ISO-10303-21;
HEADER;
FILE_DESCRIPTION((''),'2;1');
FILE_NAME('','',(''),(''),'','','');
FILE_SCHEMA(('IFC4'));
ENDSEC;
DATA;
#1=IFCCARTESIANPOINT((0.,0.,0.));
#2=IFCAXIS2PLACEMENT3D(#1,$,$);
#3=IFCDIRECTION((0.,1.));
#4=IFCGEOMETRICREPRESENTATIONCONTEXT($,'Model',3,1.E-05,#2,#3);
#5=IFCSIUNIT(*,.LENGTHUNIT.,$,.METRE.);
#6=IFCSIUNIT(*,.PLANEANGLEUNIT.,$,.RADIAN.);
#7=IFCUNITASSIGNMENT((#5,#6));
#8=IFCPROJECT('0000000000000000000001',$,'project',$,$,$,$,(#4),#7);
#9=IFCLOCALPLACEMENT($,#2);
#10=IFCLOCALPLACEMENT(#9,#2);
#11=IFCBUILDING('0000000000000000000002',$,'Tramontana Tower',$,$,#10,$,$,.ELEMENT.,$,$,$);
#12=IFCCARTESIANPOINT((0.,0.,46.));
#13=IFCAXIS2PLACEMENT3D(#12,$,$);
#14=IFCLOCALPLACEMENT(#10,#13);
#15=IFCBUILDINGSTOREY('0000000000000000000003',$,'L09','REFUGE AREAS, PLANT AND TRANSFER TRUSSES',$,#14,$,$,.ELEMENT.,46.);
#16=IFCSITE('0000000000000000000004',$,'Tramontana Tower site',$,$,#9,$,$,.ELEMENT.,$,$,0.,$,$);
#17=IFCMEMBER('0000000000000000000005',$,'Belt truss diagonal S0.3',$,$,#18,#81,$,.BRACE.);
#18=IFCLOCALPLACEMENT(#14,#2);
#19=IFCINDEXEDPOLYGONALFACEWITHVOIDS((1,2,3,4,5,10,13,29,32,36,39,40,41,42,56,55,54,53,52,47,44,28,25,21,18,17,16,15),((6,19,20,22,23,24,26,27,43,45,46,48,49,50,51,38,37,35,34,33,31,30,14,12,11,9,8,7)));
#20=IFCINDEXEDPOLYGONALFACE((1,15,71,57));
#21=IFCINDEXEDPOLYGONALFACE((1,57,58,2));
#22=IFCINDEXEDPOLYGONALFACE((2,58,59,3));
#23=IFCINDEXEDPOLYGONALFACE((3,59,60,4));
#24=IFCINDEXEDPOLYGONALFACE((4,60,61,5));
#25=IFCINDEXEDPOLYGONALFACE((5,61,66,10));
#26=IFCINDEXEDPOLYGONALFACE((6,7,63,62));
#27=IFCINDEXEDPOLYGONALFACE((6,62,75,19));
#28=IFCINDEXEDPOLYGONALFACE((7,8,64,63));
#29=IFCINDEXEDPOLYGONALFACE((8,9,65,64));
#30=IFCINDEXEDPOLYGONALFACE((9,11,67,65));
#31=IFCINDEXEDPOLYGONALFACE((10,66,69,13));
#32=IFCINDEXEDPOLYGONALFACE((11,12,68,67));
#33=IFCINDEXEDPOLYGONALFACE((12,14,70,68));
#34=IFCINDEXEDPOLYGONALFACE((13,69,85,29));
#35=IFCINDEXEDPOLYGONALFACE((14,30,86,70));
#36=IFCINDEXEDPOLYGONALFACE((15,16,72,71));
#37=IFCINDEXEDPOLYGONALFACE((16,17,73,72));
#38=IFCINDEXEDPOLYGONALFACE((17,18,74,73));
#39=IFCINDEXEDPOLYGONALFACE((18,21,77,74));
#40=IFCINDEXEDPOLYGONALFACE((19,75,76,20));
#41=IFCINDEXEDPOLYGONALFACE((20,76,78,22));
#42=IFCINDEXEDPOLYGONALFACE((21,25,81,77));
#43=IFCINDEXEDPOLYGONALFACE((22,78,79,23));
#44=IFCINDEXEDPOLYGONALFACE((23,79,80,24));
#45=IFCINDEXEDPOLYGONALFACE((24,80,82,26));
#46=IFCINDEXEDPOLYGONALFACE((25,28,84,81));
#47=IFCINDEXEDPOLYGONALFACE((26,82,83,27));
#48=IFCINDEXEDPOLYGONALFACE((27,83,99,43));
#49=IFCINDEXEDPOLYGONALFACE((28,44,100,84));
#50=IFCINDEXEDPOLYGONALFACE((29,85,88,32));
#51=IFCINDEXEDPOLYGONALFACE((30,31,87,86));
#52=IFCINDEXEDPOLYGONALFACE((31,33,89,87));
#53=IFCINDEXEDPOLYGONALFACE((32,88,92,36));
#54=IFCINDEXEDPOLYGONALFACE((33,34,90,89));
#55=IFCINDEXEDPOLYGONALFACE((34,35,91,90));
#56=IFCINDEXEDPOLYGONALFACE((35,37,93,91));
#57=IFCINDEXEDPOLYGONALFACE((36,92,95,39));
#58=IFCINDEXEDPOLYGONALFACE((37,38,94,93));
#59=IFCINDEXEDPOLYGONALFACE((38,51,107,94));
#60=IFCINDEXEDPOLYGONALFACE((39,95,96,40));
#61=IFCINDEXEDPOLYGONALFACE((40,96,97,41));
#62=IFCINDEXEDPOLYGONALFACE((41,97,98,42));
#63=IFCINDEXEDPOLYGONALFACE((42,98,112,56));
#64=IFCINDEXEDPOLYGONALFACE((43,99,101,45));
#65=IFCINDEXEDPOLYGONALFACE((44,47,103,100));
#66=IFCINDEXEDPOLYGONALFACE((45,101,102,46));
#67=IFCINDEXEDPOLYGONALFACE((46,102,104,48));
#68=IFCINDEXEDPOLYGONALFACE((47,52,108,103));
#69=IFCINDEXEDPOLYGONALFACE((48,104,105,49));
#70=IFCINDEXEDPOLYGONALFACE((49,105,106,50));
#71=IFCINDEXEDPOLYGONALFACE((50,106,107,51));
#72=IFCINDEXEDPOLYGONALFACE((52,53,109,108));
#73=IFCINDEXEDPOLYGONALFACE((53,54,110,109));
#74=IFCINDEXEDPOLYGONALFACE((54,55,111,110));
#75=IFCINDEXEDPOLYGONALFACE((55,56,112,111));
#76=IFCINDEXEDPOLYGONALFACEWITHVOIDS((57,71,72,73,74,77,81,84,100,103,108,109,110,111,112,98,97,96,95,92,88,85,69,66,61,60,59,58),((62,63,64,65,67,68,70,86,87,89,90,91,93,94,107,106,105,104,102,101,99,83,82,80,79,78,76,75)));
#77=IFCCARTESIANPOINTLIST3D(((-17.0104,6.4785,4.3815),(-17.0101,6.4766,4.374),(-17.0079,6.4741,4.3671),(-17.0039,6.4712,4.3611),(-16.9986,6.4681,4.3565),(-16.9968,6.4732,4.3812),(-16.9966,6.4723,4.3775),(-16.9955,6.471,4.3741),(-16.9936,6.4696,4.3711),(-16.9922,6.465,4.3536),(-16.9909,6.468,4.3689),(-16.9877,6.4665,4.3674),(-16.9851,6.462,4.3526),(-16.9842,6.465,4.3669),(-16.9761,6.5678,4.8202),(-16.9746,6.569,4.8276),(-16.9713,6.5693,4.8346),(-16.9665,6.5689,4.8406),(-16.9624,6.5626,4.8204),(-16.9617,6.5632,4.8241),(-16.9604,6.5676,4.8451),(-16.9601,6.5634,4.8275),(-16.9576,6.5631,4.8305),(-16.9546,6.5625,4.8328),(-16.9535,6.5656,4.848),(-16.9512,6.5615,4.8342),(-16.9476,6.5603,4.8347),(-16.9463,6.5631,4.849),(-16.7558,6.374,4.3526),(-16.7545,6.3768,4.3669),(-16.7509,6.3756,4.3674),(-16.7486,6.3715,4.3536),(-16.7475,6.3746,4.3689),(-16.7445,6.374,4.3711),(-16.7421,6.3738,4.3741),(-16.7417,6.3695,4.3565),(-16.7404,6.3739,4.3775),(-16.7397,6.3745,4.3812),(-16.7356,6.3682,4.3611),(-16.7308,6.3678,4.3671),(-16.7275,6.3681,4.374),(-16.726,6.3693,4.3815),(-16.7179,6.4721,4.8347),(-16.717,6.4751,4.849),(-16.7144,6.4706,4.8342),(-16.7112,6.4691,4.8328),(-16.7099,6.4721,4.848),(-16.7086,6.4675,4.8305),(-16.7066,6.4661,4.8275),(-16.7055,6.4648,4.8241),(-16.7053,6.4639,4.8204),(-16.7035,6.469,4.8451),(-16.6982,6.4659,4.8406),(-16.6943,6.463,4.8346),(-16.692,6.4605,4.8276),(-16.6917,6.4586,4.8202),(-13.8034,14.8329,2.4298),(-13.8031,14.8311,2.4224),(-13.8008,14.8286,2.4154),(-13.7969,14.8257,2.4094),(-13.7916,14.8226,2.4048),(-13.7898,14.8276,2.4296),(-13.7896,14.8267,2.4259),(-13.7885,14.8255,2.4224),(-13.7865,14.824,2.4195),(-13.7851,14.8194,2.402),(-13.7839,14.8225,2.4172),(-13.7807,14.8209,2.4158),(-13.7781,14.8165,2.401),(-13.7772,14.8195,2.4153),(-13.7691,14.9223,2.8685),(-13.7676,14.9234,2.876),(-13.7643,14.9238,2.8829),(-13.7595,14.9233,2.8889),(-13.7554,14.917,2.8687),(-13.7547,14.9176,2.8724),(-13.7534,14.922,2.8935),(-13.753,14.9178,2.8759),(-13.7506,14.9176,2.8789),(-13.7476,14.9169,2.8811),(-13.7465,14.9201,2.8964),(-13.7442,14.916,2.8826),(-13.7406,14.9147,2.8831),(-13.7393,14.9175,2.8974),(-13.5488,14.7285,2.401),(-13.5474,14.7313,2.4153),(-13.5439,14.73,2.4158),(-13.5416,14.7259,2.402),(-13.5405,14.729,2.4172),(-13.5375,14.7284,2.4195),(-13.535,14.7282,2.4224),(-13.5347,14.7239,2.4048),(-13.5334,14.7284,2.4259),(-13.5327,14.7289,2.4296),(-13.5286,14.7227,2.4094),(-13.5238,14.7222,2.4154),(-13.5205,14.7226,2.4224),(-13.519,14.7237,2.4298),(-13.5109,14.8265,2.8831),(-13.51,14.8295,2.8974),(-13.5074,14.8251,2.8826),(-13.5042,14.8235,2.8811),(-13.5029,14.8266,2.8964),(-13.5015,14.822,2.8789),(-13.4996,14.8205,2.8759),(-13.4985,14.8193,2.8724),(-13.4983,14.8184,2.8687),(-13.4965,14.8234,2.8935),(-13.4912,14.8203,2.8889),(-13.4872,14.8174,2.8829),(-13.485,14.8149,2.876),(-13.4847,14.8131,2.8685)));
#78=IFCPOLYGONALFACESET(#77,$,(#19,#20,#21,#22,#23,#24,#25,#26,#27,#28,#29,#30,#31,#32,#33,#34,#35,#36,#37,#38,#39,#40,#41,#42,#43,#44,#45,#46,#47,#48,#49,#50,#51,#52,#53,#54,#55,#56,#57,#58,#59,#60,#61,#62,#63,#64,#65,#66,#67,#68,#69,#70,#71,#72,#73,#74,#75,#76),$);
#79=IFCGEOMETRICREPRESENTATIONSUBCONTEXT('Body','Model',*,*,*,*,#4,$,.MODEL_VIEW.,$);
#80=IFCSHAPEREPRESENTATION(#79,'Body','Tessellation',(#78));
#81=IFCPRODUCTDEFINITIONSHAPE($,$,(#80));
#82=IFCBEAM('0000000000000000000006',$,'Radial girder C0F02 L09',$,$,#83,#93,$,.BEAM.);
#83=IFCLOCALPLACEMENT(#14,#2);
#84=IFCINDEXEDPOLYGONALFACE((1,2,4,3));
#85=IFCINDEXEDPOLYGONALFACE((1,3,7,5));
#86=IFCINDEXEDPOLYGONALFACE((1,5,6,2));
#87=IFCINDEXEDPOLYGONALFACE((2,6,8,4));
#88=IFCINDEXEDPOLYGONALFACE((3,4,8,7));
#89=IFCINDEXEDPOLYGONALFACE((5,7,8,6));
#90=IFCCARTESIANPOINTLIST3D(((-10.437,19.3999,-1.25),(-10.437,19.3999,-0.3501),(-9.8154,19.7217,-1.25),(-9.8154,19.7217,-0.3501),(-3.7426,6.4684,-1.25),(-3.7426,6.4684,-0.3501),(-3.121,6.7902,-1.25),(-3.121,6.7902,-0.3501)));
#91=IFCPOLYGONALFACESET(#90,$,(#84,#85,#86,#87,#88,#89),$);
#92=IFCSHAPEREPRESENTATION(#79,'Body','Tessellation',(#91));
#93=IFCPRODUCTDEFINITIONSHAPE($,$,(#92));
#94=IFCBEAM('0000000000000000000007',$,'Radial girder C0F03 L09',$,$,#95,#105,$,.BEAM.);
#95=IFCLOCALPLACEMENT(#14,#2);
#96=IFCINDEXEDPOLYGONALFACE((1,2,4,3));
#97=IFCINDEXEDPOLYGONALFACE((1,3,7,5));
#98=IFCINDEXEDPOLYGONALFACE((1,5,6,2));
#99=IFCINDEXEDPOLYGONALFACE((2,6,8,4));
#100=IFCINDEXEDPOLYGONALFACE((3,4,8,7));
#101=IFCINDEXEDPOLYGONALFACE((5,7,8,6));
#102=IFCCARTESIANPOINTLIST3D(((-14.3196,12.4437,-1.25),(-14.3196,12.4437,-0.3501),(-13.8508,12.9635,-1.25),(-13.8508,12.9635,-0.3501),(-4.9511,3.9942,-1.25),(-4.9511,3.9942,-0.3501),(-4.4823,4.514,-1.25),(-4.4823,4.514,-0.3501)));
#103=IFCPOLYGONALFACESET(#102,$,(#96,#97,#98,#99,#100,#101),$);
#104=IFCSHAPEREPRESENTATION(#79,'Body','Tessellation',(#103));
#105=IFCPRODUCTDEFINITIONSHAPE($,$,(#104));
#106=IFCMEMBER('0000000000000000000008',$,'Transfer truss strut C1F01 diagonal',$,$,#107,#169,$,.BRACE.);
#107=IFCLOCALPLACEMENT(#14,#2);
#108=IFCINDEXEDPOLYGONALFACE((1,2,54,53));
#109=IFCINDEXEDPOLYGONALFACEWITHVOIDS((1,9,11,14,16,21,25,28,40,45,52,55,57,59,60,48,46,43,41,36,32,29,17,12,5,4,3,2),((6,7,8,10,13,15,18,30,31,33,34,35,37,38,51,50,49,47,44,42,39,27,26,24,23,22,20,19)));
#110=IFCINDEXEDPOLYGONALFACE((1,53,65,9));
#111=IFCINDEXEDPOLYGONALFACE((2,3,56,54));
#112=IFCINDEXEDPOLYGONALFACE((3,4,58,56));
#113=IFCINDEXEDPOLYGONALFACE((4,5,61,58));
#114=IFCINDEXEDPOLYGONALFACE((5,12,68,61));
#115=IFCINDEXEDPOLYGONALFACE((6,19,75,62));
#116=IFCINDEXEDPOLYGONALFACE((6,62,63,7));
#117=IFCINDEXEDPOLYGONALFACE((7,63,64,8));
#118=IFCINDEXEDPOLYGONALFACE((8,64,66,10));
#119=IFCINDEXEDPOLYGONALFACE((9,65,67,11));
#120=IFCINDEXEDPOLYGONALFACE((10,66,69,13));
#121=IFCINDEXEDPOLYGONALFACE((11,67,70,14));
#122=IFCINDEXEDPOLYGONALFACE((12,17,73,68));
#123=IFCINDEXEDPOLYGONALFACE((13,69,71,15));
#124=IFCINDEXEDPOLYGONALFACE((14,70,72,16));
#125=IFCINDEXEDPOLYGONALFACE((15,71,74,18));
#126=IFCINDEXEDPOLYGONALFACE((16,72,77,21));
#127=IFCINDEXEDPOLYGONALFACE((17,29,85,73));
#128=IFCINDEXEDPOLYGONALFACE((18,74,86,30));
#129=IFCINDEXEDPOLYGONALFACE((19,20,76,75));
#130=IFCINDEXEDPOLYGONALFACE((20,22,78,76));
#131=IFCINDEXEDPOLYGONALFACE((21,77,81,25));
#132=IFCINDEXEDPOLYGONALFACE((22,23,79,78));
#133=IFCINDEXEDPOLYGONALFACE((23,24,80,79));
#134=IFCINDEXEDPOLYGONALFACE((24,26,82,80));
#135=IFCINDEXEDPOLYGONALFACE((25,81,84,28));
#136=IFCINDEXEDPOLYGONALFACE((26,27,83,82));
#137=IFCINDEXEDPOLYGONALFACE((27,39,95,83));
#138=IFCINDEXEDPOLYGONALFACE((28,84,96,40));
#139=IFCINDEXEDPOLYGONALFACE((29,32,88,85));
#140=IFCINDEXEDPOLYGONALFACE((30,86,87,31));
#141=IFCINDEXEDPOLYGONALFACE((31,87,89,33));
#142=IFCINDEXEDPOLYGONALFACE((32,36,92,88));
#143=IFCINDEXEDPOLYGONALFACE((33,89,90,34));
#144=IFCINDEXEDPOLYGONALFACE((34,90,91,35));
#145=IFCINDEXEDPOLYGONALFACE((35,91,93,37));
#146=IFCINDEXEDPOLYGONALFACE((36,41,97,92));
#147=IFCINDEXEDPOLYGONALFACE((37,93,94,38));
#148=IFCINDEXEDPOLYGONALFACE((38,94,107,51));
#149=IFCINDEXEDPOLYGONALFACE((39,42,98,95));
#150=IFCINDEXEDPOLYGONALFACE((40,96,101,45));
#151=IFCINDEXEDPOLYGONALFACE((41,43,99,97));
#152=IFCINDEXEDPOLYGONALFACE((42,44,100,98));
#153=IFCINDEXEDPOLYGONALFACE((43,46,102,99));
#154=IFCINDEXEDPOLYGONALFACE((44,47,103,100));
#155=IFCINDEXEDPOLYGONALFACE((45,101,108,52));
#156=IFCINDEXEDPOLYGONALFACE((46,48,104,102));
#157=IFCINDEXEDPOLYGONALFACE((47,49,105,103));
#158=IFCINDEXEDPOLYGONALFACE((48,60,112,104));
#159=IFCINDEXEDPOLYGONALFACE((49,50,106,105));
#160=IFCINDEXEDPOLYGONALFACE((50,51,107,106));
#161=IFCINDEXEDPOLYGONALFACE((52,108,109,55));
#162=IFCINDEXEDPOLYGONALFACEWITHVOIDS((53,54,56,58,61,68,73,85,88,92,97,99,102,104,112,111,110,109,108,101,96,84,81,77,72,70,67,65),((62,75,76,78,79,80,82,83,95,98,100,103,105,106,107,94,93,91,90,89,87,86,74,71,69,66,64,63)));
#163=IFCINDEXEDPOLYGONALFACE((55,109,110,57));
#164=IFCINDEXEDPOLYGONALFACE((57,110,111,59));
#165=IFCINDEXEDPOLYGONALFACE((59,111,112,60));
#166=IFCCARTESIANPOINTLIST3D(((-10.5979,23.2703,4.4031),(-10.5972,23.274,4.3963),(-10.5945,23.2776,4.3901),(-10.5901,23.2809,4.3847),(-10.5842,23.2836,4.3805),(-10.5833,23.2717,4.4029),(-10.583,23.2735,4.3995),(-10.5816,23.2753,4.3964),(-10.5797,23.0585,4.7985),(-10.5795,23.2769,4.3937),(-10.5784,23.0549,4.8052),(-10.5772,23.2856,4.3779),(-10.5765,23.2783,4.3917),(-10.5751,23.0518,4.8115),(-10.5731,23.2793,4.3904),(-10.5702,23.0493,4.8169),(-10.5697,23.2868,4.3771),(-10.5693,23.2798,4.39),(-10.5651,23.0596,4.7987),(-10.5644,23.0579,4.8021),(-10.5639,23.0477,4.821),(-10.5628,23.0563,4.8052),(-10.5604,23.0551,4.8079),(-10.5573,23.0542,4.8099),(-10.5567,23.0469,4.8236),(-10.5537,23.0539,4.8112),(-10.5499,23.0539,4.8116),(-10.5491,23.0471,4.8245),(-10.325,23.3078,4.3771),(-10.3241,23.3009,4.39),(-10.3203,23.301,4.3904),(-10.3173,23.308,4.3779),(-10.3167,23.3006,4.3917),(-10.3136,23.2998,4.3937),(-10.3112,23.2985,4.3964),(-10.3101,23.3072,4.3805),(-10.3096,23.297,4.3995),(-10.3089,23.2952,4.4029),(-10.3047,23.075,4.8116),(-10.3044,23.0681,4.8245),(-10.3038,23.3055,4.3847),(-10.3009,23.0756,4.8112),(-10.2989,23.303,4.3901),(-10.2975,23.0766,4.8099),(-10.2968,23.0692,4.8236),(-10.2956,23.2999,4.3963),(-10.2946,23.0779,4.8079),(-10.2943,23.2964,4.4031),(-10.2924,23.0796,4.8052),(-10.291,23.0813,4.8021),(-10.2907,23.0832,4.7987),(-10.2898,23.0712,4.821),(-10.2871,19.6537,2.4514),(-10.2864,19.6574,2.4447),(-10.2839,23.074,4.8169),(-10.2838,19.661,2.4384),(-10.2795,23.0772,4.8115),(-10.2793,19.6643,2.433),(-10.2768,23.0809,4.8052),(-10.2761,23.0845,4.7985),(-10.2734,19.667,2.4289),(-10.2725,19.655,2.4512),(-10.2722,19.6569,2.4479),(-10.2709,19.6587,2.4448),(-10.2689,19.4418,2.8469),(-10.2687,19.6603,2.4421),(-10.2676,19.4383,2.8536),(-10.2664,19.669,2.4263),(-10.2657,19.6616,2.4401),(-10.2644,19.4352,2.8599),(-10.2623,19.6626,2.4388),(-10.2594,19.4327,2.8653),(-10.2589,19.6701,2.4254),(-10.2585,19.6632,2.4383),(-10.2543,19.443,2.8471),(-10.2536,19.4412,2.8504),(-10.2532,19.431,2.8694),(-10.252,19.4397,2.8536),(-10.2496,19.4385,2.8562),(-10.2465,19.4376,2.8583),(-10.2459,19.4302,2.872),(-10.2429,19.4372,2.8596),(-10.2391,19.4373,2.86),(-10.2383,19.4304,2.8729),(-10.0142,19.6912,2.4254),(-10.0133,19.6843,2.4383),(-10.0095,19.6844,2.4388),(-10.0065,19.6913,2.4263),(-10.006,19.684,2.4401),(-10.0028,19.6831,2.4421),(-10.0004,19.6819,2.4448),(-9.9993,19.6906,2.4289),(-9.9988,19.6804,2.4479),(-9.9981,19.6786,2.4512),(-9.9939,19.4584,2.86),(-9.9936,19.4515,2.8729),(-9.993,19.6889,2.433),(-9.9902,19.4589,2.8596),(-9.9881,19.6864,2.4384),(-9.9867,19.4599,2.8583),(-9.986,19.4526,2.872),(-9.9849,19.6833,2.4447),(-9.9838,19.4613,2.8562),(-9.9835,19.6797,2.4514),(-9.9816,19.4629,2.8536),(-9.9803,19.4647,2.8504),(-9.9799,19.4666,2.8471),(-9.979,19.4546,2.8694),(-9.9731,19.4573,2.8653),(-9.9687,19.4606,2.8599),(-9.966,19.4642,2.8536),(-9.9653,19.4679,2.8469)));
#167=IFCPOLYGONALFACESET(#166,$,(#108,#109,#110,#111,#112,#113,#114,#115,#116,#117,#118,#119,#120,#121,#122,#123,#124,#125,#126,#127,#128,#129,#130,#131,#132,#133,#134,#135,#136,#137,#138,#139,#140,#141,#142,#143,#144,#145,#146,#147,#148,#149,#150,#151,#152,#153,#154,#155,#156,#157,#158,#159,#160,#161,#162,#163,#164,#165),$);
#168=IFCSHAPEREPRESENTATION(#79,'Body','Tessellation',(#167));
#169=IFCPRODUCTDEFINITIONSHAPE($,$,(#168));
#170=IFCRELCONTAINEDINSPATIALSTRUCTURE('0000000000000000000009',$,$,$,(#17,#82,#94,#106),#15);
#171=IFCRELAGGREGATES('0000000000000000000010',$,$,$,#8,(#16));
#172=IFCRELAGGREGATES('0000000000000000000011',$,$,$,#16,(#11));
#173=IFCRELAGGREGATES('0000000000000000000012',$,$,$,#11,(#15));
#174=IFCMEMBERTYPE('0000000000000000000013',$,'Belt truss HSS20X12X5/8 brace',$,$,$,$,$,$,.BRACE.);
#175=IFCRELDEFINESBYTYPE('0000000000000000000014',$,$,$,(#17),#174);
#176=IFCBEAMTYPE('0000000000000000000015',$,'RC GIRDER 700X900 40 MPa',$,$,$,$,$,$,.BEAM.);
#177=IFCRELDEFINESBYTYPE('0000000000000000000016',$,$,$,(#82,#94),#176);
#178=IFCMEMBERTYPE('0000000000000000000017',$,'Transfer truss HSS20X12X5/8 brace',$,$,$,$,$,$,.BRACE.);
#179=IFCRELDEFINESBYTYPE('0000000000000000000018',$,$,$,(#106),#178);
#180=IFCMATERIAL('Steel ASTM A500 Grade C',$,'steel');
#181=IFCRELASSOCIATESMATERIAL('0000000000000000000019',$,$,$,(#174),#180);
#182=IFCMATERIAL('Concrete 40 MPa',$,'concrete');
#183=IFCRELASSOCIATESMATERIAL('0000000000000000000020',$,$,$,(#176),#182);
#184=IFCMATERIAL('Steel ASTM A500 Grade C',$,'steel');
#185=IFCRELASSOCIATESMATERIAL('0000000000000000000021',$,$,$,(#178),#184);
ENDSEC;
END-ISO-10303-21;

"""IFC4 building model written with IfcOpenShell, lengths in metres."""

from ifc_helpers import new_model, si_unit, direction, frame, origin, origin_2d, place, context, subcontext, project, spatial, rectangle, hollow_rectangle, extrude, material, material_profile, profile_set, type_object, element, save


model = new_model("IFC4")

# Units and contexts
model_context = context("Model", 3, precision=1e-05, world=origin(), true_north=direction((0.0, 1.0)))
body_context = subcontext(model_context, "Body", "Model", "MODEL_VIEW")
ifc_project = project(units=[si_unit("LENGTHUNIT", "METRE"), si_unit("PLANEANGLEUNIT", "RADIAN")], contexts=[model_context])

# Site, building, storey
site_placement = place(None, origin())
site = spatial("IfcSite", under=ifc_project, at=site_placement, Name="Tramontana Tower site", CompositionType="ELEMENT", RefElevation=0.0)
building_placement = place(site_placement, origin())
building = spatial("IfcBuilding", under=site, at=building_placement, Name="Tramontana Tower", CompositionType="ELEMENT")
storey_placement = place(building_placement, frame((0.0, 0.0, 46.0)))
storey = spatial("IfcBuildingStorey", under=building, at=storey_placement, Name="L09", Description="REFUGE AREAS, PLANT AND TRANSFER TRUSSES", CompositionType="ELEMENT", Elevation=46.0)

# Member
ifc_material_1 = material(Name="Steel ASTM A500 Grade C", Category="steel")
ifc_material_profile_1 = material_profile(ifc_material_1, hollow_rectangle(XDim=0.3047, YDim=0.5081, WallThickness=0.0146, InnerFilletRadius=0.0146, OuterFilletRadius=0.0295, at=origin_2d()), Name="HSS20X12X5/8")
ifc_profile_set_1 = profile_set([ifc_material_profile_1], Name="Steel ASTM A500 Grade C")
member_type_1 = type_object("IfcMemberType", Name="Belt truss HSS20X12X5/8 brace", PredefinedType="BRACE", material=ifc_profile_set_1)
member_1_placement = place(storey_placement, frame((-13.644, 14.823, 2.6492), z_axis=(-0.350142, -0.912139, 0.213081), x_axis=(0.933579, -0.358372, 0.0)))
element("IfcMember", 1, at=member_1_placement, inside=storey, type_object=member_type_1, Name="Belt truss diagonal S0.3", PredefinedType="BRACE", context=body_context, shape_type="SweptSolid", body=[
    extrude(hollow_rectangle(XDim=0.3047, YDim=0.5081, WallThickness=0.0146, InnerFilletRadius=0.0146, OuterFilletRadius=0.0295, at=origin_2d()), origin(), (0.0, 0.0, 1.0), 9.1592),
])

# Beams
ifc_material_2 = material(Name="Concrete 40 MPa", Category="concrete")
ifc_material_profile_2 = material_profile(ifc_material_2, rectangle(XDim=0.7, YDim=0.8999, at=origin_2d()), Name="RC GIRDER 700X900 40 MPa")
ifc_profile_set_2 = profile_set([ifc_material_profile_2], Name="Concrete 40 MPa")
beam_type = type_object("IfcBeamType", Name="RC GIRDER 700X900 40 MPa", PredefinedType="BEAM", material=ifc_profile_set_2)
beam_1_placement = place(storey_placement, frame((-10.1262, 19.5608, -0.8), z_axis=(0.459731, -0.888058, 0.0), x_axis=(0.888058, 0.459731, 0.0)))
element("IfcBeam", 2, at=beam_1_placement, inside=storey, type_object=beam_type, Name="Radial girder C0F02 L09", PredefinedType="BEAM", context=body_context, shape_type="SweptSolid", body=[
    extrude(rectangle(XDim=0.7, YDim=0.8999, at=origin_2d()), origin(), (0.0, 0.0, 1.0), 14.5615),
])
beam_2_placement = place(storey_placement, frame((-14.0852, 12.7036, -0.8), z_axis=(0.742588, -0.669748, 0.0), x_axis=(0.669748, 0.742588, 0.0)))
element("IfcBeam", 3, at=beam_2_placement, inside=storey, type_object=beam_type, Name="Radial girder C0F03 L09", PredefinedType="BEAM", context=body_context, shape_type="SweptSolid", body=[
    extrude(rectangle(XDim=0.7, YDim=0.8999, at=origin_2d()), origin(), (0.0, 0.0, 1.0), 12.616),
])

# Member
ifc_material_3 = material(Name="Steel ASTM A500 Grade C", Category="steel")
ifc_material_profile_3 = material_profile(ifc_material_3, hollow_rectangle(XDim=0.3047, YDim=0.5081, WallThickness=0.0146, InnerFilletRadius=0.0146, OuterFilletRadius=0.0295, at=origin_2d()), Name="HSS20X12X5/8")
ifc_profile_set_3 = profile_set([ifc_material_profile_3], Name="Steel ASTM A500 Grade C")
member_type_2 = type_object("IfcMemberType", Name="Transfer truss HSS20X12X5/8 brace", PredefinedType="BRACE", material=ifc_profile_set_3)
member_2_placement = place(storey_placement, frame((-10.1262, 19.5608, 2.6492), z_axis=(-0.075409, 0.877538, 0.473541), x_axis=(-0.996328, -0.085617, 0.0)))
element("IfcMember", 4, at=member_2_placement, inside=storey, type_object=member_type_2, Name="Transfer truss strut C1F01 diagonal", PredefinedType="BRACE", context=body_context, shape_type="SweptSolid", body=[
    extrude(hollow_rectangle(XDim=0.3047, YDim=0.5081, WallThickness=0.0146, InnerFilletRadius=0.0146, OuterFilletRadius=0.0295, at=origin_2d()), origin(), (0.0, 0.0, 1.0), 4.1213),
])

save(model, "model.ifc")
